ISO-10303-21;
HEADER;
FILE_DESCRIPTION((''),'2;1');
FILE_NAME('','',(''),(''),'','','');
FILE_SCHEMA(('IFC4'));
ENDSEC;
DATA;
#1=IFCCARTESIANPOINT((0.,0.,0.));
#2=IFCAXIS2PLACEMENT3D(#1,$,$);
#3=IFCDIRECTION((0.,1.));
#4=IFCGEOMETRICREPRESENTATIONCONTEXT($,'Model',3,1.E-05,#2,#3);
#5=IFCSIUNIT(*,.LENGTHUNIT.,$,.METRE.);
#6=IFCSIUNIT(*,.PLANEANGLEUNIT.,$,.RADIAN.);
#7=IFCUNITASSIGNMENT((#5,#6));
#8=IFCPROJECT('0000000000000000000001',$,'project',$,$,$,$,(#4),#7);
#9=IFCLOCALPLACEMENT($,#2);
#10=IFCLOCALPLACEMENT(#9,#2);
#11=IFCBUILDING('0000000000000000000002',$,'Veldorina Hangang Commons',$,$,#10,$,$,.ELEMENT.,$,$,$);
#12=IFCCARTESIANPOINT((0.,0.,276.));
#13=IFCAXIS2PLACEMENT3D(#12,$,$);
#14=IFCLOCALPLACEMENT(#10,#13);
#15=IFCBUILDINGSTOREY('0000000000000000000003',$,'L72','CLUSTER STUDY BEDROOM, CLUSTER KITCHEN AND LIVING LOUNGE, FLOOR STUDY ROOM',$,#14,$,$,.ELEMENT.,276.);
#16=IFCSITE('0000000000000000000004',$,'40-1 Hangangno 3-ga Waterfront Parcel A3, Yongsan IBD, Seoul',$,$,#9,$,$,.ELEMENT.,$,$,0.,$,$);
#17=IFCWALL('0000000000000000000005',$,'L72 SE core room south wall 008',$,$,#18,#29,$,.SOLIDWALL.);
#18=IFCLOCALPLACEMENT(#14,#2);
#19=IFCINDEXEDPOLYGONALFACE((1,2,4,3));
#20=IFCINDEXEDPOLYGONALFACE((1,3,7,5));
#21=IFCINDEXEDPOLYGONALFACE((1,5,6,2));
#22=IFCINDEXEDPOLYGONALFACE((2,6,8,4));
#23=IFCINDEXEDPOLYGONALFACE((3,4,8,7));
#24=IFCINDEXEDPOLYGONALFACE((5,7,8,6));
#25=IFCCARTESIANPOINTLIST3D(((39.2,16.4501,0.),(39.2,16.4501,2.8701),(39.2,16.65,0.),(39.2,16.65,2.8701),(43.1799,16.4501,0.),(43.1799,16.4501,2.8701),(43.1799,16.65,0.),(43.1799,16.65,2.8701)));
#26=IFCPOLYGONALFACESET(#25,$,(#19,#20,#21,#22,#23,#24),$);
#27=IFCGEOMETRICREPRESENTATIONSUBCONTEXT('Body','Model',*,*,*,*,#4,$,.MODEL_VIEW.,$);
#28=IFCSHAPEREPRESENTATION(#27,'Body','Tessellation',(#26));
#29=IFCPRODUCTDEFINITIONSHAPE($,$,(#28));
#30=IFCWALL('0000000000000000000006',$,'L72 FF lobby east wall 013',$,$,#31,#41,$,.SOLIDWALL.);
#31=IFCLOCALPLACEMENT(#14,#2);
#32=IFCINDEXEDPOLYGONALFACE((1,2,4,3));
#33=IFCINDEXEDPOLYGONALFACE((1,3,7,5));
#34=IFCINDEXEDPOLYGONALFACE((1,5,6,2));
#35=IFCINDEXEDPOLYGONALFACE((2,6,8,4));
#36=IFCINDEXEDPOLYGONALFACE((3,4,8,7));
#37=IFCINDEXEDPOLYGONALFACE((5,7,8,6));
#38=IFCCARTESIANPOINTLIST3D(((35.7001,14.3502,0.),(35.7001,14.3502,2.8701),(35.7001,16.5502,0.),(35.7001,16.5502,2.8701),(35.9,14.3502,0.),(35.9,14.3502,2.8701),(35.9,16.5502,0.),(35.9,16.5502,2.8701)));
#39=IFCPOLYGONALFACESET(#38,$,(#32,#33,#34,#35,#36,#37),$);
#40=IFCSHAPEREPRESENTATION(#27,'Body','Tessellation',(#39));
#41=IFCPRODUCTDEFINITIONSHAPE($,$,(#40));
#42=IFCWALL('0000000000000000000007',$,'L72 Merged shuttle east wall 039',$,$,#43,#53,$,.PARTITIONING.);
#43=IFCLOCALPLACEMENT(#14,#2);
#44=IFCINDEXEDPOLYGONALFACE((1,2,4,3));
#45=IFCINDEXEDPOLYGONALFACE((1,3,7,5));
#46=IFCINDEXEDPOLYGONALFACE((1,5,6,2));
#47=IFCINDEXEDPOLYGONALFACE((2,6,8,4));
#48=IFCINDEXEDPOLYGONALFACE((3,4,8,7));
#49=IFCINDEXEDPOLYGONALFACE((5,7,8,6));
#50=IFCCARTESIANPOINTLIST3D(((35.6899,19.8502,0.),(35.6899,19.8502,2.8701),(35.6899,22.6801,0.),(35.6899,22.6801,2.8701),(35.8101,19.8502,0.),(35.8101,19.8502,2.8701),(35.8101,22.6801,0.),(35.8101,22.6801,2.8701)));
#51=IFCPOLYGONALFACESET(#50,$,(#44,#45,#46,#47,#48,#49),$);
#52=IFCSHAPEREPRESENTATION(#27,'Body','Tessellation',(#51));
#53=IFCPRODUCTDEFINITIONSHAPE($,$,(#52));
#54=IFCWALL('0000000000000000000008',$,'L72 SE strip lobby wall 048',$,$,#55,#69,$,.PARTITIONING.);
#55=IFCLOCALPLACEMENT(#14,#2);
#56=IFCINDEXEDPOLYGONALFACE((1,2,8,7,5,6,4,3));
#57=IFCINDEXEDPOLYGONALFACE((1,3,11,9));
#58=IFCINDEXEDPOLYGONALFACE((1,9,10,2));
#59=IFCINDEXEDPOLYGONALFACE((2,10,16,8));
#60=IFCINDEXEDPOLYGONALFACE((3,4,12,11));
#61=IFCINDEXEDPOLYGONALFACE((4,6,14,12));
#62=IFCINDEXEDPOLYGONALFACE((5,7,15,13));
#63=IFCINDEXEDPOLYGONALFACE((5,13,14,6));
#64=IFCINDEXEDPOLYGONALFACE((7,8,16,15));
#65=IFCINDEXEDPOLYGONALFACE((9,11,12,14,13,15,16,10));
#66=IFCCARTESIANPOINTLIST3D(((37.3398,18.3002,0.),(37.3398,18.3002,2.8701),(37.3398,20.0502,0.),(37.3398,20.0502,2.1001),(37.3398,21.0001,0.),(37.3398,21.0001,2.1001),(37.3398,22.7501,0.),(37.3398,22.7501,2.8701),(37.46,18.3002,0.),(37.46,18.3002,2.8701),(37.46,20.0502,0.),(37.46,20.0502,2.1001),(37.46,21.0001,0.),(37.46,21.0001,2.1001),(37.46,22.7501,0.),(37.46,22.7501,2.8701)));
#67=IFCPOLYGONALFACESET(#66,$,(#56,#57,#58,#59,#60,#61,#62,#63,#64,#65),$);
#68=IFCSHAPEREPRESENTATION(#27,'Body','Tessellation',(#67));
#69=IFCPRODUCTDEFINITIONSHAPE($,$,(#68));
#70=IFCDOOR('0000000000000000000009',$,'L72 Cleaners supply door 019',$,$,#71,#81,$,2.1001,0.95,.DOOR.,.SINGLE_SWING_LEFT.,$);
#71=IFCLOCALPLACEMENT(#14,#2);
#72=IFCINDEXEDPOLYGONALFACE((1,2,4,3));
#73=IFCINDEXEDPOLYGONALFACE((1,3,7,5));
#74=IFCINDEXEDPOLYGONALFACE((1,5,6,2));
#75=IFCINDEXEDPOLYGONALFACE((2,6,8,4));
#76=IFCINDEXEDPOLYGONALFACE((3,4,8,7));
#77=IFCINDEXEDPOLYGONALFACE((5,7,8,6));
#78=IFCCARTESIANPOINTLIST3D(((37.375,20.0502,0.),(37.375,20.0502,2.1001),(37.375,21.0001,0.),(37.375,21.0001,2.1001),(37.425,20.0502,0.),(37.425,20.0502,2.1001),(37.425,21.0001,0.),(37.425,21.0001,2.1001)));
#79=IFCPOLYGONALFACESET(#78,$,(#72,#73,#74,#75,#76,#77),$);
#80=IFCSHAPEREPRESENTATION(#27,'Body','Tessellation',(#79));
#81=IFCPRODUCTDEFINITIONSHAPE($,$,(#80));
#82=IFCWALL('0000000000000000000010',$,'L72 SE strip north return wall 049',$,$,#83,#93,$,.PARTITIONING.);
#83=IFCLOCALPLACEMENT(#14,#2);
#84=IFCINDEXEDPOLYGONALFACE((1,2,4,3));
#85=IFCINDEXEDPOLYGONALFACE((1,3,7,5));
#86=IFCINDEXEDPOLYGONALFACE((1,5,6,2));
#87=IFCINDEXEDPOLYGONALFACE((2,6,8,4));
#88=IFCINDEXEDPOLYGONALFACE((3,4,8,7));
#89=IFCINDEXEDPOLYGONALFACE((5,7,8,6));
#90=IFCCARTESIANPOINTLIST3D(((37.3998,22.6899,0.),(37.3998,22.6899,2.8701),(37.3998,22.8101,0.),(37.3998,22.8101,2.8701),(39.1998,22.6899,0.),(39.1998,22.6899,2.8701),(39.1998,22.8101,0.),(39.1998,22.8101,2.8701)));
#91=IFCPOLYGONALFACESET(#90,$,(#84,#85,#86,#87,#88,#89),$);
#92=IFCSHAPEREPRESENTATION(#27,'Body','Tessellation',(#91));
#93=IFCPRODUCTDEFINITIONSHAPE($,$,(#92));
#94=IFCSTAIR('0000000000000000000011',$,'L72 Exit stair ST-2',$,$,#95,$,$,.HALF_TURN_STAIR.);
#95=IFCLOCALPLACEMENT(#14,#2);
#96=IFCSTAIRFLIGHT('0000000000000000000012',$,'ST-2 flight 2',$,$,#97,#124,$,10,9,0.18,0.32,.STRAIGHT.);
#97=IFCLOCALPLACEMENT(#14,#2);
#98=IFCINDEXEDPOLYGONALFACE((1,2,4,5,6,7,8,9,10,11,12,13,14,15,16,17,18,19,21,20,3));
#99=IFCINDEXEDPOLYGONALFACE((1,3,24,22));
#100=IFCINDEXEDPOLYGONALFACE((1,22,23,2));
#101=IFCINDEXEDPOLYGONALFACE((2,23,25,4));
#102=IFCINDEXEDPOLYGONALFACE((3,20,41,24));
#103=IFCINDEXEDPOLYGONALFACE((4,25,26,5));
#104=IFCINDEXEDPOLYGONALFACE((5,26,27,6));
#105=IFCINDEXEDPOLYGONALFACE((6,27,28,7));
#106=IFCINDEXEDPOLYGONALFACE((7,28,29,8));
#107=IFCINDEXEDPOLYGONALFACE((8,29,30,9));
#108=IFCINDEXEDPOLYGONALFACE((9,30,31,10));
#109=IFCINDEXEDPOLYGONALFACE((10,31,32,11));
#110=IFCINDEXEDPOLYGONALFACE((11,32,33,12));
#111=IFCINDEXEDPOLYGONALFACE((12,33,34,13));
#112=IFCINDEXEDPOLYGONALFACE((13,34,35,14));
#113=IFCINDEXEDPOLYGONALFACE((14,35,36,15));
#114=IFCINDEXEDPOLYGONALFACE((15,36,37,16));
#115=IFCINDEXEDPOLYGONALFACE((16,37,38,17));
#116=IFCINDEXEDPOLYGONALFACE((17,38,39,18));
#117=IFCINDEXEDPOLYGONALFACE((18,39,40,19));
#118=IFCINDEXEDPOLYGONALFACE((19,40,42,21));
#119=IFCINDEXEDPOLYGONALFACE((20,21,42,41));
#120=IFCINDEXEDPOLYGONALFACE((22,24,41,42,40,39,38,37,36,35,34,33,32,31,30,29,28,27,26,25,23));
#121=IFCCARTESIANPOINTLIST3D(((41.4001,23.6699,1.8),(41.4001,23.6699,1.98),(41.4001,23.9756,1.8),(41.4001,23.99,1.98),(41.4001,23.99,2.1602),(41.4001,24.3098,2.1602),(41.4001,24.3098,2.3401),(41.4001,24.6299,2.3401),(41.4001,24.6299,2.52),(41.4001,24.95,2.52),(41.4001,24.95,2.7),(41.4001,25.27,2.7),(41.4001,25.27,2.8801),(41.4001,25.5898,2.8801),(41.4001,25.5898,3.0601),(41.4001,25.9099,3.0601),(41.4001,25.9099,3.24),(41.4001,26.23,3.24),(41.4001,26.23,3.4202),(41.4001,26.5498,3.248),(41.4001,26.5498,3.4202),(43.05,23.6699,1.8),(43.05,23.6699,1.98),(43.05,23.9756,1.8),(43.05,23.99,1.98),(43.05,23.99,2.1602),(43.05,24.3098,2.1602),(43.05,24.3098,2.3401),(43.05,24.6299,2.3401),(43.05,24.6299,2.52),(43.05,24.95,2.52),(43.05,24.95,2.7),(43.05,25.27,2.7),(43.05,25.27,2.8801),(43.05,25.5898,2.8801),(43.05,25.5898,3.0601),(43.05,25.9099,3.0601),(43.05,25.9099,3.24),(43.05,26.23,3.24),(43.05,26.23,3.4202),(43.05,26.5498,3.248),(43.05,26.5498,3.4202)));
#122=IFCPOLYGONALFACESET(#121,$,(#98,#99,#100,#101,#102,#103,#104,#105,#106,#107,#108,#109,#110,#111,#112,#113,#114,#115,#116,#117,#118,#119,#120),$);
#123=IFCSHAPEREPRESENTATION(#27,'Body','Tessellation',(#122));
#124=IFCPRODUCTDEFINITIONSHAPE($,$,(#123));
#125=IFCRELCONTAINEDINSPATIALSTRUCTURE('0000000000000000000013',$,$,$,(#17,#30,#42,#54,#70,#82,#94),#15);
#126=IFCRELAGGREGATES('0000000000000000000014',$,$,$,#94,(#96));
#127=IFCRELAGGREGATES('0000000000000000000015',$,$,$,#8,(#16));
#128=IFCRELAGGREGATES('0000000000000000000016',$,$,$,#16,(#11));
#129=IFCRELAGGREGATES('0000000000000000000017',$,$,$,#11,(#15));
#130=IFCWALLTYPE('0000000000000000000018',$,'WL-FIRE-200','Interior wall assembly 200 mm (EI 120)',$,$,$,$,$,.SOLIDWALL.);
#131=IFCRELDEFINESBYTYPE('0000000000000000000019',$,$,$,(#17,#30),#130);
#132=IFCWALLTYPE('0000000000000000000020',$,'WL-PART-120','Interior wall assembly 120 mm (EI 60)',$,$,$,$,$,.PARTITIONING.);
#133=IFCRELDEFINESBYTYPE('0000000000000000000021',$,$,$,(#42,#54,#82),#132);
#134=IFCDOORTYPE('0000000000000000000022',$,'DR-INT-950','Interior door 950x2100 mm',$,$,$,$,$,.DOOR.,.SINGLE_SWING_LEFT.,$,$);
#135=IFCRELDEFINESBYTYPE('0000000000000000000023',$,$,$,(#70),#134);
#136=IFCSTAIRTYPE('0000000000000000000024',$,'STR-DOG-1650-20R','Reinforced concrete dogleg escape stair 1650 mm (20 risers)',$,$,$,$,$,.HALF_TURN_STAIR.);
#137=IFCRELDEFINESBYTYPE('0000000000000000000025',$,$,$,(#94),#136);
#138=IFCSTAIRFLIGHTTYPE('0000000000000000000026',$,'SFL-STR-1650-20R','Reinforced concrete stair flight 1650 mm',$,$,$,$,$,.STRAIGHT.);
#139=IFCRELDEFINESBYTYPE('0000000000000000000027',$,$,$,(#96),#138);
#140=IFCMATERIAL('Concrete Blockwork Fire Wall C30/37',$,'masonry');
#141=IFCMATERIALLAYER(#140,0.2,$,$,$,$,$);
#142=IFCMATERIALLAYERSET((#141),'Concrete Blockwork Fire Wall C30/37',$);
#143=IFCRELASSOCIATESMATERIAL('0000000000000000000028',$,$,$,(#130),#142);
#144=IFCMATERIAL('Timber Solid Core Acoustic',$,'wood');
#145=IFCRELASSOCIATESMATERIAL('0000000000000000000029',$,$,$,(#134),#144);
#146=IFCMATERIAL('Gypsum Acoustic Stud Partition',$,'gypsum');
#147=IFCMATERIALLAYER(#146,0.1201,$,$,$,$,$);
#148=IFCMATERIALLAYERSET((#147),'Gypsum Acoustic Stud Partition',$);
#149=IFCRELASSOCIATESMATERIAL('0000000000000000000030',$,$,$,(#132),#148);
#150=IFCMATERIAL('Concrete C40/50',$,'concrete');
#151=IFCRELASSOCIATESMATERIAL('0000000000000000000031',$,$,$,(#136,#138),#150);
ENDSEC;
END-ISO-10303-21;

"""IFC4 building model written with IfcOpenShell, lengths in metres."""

from ifc_helpers import new_model, si_unit, direction, frame, frame_2d, origin, place, context, subcontext, project, spatial, polyline, rectangle, outline, extrude, material, layer, layer_set, type_object, element, fill, aggregate, save


model = new_model("IFC4")

# Units and contexts
model_context = context("Model", 3, precision=1e-05, world=origin(), true_north=direction((0.0, 1.0)))
body_context = subcontext(model_context, "Body", "Model", "MODEL_VIEW")
ifc_project = project(units=[si_unit("LENGTHUNIT", "METRE"), si_unit("PLANEANGLEUNIT", "RADIAN")], contexts=[model_context])

# Site, building, storey
site_placement = place(None, origin())
site = spatial("IfcSite", under=ifc_project, at=site_placement, Name="40-1 Hangangno 3-ga Waterfront Parcel A3, Yongsan IBD, Seoul", CompositionType="ELEMENT", RefElevation=0.0)
building_placement = place(site_placement, origin())
building = spatial("IfcBuilding", under=site, at=building_placement, Name="Veldorina Hangang Commons", CompositionType="ELEMENT")
storey_placement = place(building_placement, frame((0.0, 0.0, 276.0)))
storey = spatial("IfcBuildingStorey", under=building, at=storey_placement, Name="L72", Description="CLUSTER STUDY BEDROOM, CLUSTER KITCHEN AND LIVING LOUNGE, FLOOR STUDY ROOM", CompositionType="ELEMENT", Elevation=276.0)

# Shared definitions
ifc_material_1 = material(Name="Concrete Blockwork Fire Wall C30/37", Category="masonry")
ifc_layer_1 = layer(ifc_material_1, 0.2)
ifc_layer_set_1 = layer_set([ifc_layer_1], Name="Concrete Blockwork Fire Wall C30/37")
wall_type_1 = type_object("IfcWallType", Name="WL-FIRE-200", Description="Interior wall assembly 200 mm (EI 120)", PredefinedType="SOLIDWALL", material=ifc_layer_set_1)
ifc_material_2 = material(Name="Timber Solid Core Acoustic", Category="wood")
door_type_1 = type_object("IfcDoorType", Name="DR-INT-950", Description="Interior door 950x2100 mm", OperationType="SINGLE_SWING_LEFT", PredefinedType="DOOR", material=ifc_material_2)

# Walls
wall_1_placement = place(storey_placement, frame((39.2, 16.55, 0.0), z_axis=(0.0, 0.0, 1.0), x_axis=(1.0, 0.0, 0.0)))
element("IfcWall", 1, at=wall_1_placement, inside=storey, type_object=wall_type_1, Name="L72 SE core room south wall 008", PredefinedType="SOLIDWALL", context=body_context, shape_type="SweptSolid", body=[
    extrude(rectangle(XDim=3.98, YDim=0.2, at=frame_2d((1.99, 0.0))), origin(), (0.0, 0.0, 1.0), 2.8701),
])
wall_2_placement = place(storey_placement, frame((35.8, 14.3501, 0.0), z_axis=(0.0, 0.0, 1.0), x_axis=(0.0, 1.0, 0.0)))
element("IfcWall", 2, at=wall_2_placement, inside=storey, type_object=wall_type_1, Name="L72 FF lobby east wall 013", PredefinedType="SOLIDWALL", context=body_context, shape_type="SweptSolid", body=[
    extrude(rectangle(XDim=2.2, YDim=0.2, at=frame_2d((1.1001, 0.0))), origin(), (0.0, 0.0, 1.0), 2.8701),
])
ifc_material_3 = material(Name="Gypsum Acoustic Stud Partition", Category="gypsum")
ifc_layer_2 = layer(ifc_material_3, 0.1201)
ifc_layer_set_2 = layer_set([ifc_layer_2], Name="Gypsum Acoustic Stud Partition")
wall_type_2 = type_object("IfcWallType", Name="WL-PART-120", Description="Interior wall assembly 120 mm (EI 60)", PredefinedType="PARTITIONING", material=ifc_layer_set_2)
wall_3_placement = place(storey_placement, frame((35.75, 19.8501, 0.0), z_axis=(0.0, 0.0, 1.0), x_axis=(0.0, 1.0, 0.0)))
element("IfcWall", 3, at=wall_3_placement, inside=storey, type_object=wall_type_2, Name="L72 Merged shuttle east wall 039", PredefinedType="PARTITIONING", context=body_context, shape_type="SweptSolid", body=[
    extrude(rectangle(XDim=2.8298, YDim=0.1201, at=frame_2d((1.415, 0.0))), origin(), (0.0, 0.0, 1.0), 2.8701),
])

# Wall, opening, door
wall_4_placement = place(storey_placement, frame((37.3999, 18.3, 0.0), z_axis=(0.0, 0.0, 1.0), x_axis=(0.0, 1.0, 0.0)))
wall_4 = element("IfcWall", 4, at=wall_4_placement, inside=storey, type_object=wall_type_2, Name="L72 SE strip lobby wall 048", PredefinedType="PARTITIONING", context=body_context, shape_type="SweptSolid", body=[
    extrude(rectangle(XDim=4.45, YDim=0.1201, at=frame_2d((2.2251, 0.0))), origin(), (0.0, 0.0, 1.0), 2.8701),
])
opening_1_placement = place(wall_4_placement, frame((1.75, 0.0, 0.0)))
opening_1 = element("IfcOpeningElement", 5, at=opening_1_placement, cuts=wall_4, PredefinedType="OPENING", context=body_context, shape_type="SweptSolid", body=[
    extrude(rectangle(XDim=0.95, YDim=2.1001, at=frame_2d((0.4751, 1.05))), frame((0.0, 0.0701, 0.0), z_axis=(0.0, -1.0, 0.0), x_axis=(1.0, 0.0, 0.0)), (0.0, 0.0, 1.0), 0.1401),
])
door_1_placement = place(opening_1_placement, origin())
door_1 = element("IfcDoor", 6, at=door_1_placement, inside=storey, type_object=door_type_1, Name="L72 Cleaners supply door 019", OperationType="SINGLE_SWING_LEFT", OverallHeight=2.1001, OverallWidth=0.95, PredefinedType="DOOR", context=body_context, shape_type="SweptSolid", body=[
    extrude(rectangle(XDim=0.95, YDim=2.1001, at=frame_2d((0.4751, 1.05))), frame((0.0, 0.0249, 0.0), z_axis=(0.0, -1.0, 0.0), x_axis=(1.0, 0.0, 0.0)), (0.0, 0.0, 1.0), 0.05),
])
fill(opening_1, door_1)

# Wall
wall_5_placement = place(storey_placement, frame((37.3999, 22.75, 0.0), z_axis=(0.0, 0.0, 1.0), x_axis=(1.0, 0.0, 0.0)))
element("IfcWall", 7, at=wall_5_placement, inside=storey, type_object=wall_type_2, Name="L72 SE strip north return wall 049", PredefinedType="PARTITIONING", context=body_context, shape_type="SweptSolid", body=[
    extrude(rectangle(XDim=1.8, YDim=0.1201, at=frame_2d((0.8999, 0.0))), origin(), (0.0, 0.0, 1.0), 2.8701),
])

# Stair, stair flight
ifc_material_4 = material(Name="Concrete C40/50", Category="concrete")
stair_type = type_object("IfcStairType", Name="STR-DOG-1650-20R", Description="Reinforced concrete dogleg escape stair 1650 mm (20 risers)", PredefinedType="HALF_TURN_STAIR", material=ifc_material_4)
stair_placement = place(storey_placement, origin())
stair = element("IfcStair", 8, at=stair_placement, inside=storey, type_object=stair_type, Name="L72 Exit stair ST-2", PredefinedType="HALF_TURN_STAIR")
stair_flight_type = type_object("IfcStairFlightType", Name="SFL-STR-1650-20R", Description="Reinforced concrete stair flight 1650 mm", PredefinedType="STRAIGHT", material=ifc_material_4)
stair_flight_placement = place(storey_placement, frame((42.2251, 23.6699, 1.8), z_axis=(0.0, 0.0, 1.0), x_axis=(0.0, 1.0, 0.0)))
stair_flight = element("IfcStairFlight", 9, at=stair_flight_placement, type_object=stair_flight_type, Name="ST-2 flight 2", NumberOfRisers=10, NumberOfTreads=9, PredefinedType="STRAIGHT", RiserHeight=0.18, TreadLength=0.32, context=body_context, shape_type="SweptSolid", body=[
    extrude(outline(polyline([(0.0, 0.0), (0.0, 0.1799), (0.3201, 0.1799), (0.3201, 0.3601), (0.6399, 0.3601), (0.6399, 0.54), (0.96, 0.54), (0.96, 0.72), (1.28, 0.72), (1.28, 0.8999), (1.6001, 0.8999), (1.6001, 1.0801), (1.9199, 1.0801), (1.9199, 1.26), (2.24, 1.26), (2.24, 1.4399), (2.5601, 1.4399), (2.5601, 1.6201), (2.8799, 1.6201), (2.8799, 1.8), (2.8799, 1.448), (0.3057, 0.0), (0.0, 0.0)])), frame((0.0, 0.825, 0.0), z_axis=(0.0, -1.0, 0.0), x_axis=(1.0, 0.0, 0.0)), (0.0, 0.0, 1.0), 1.6499),
])
aggregate(stair, [stair_flight])

save(model, "model.ifc")
